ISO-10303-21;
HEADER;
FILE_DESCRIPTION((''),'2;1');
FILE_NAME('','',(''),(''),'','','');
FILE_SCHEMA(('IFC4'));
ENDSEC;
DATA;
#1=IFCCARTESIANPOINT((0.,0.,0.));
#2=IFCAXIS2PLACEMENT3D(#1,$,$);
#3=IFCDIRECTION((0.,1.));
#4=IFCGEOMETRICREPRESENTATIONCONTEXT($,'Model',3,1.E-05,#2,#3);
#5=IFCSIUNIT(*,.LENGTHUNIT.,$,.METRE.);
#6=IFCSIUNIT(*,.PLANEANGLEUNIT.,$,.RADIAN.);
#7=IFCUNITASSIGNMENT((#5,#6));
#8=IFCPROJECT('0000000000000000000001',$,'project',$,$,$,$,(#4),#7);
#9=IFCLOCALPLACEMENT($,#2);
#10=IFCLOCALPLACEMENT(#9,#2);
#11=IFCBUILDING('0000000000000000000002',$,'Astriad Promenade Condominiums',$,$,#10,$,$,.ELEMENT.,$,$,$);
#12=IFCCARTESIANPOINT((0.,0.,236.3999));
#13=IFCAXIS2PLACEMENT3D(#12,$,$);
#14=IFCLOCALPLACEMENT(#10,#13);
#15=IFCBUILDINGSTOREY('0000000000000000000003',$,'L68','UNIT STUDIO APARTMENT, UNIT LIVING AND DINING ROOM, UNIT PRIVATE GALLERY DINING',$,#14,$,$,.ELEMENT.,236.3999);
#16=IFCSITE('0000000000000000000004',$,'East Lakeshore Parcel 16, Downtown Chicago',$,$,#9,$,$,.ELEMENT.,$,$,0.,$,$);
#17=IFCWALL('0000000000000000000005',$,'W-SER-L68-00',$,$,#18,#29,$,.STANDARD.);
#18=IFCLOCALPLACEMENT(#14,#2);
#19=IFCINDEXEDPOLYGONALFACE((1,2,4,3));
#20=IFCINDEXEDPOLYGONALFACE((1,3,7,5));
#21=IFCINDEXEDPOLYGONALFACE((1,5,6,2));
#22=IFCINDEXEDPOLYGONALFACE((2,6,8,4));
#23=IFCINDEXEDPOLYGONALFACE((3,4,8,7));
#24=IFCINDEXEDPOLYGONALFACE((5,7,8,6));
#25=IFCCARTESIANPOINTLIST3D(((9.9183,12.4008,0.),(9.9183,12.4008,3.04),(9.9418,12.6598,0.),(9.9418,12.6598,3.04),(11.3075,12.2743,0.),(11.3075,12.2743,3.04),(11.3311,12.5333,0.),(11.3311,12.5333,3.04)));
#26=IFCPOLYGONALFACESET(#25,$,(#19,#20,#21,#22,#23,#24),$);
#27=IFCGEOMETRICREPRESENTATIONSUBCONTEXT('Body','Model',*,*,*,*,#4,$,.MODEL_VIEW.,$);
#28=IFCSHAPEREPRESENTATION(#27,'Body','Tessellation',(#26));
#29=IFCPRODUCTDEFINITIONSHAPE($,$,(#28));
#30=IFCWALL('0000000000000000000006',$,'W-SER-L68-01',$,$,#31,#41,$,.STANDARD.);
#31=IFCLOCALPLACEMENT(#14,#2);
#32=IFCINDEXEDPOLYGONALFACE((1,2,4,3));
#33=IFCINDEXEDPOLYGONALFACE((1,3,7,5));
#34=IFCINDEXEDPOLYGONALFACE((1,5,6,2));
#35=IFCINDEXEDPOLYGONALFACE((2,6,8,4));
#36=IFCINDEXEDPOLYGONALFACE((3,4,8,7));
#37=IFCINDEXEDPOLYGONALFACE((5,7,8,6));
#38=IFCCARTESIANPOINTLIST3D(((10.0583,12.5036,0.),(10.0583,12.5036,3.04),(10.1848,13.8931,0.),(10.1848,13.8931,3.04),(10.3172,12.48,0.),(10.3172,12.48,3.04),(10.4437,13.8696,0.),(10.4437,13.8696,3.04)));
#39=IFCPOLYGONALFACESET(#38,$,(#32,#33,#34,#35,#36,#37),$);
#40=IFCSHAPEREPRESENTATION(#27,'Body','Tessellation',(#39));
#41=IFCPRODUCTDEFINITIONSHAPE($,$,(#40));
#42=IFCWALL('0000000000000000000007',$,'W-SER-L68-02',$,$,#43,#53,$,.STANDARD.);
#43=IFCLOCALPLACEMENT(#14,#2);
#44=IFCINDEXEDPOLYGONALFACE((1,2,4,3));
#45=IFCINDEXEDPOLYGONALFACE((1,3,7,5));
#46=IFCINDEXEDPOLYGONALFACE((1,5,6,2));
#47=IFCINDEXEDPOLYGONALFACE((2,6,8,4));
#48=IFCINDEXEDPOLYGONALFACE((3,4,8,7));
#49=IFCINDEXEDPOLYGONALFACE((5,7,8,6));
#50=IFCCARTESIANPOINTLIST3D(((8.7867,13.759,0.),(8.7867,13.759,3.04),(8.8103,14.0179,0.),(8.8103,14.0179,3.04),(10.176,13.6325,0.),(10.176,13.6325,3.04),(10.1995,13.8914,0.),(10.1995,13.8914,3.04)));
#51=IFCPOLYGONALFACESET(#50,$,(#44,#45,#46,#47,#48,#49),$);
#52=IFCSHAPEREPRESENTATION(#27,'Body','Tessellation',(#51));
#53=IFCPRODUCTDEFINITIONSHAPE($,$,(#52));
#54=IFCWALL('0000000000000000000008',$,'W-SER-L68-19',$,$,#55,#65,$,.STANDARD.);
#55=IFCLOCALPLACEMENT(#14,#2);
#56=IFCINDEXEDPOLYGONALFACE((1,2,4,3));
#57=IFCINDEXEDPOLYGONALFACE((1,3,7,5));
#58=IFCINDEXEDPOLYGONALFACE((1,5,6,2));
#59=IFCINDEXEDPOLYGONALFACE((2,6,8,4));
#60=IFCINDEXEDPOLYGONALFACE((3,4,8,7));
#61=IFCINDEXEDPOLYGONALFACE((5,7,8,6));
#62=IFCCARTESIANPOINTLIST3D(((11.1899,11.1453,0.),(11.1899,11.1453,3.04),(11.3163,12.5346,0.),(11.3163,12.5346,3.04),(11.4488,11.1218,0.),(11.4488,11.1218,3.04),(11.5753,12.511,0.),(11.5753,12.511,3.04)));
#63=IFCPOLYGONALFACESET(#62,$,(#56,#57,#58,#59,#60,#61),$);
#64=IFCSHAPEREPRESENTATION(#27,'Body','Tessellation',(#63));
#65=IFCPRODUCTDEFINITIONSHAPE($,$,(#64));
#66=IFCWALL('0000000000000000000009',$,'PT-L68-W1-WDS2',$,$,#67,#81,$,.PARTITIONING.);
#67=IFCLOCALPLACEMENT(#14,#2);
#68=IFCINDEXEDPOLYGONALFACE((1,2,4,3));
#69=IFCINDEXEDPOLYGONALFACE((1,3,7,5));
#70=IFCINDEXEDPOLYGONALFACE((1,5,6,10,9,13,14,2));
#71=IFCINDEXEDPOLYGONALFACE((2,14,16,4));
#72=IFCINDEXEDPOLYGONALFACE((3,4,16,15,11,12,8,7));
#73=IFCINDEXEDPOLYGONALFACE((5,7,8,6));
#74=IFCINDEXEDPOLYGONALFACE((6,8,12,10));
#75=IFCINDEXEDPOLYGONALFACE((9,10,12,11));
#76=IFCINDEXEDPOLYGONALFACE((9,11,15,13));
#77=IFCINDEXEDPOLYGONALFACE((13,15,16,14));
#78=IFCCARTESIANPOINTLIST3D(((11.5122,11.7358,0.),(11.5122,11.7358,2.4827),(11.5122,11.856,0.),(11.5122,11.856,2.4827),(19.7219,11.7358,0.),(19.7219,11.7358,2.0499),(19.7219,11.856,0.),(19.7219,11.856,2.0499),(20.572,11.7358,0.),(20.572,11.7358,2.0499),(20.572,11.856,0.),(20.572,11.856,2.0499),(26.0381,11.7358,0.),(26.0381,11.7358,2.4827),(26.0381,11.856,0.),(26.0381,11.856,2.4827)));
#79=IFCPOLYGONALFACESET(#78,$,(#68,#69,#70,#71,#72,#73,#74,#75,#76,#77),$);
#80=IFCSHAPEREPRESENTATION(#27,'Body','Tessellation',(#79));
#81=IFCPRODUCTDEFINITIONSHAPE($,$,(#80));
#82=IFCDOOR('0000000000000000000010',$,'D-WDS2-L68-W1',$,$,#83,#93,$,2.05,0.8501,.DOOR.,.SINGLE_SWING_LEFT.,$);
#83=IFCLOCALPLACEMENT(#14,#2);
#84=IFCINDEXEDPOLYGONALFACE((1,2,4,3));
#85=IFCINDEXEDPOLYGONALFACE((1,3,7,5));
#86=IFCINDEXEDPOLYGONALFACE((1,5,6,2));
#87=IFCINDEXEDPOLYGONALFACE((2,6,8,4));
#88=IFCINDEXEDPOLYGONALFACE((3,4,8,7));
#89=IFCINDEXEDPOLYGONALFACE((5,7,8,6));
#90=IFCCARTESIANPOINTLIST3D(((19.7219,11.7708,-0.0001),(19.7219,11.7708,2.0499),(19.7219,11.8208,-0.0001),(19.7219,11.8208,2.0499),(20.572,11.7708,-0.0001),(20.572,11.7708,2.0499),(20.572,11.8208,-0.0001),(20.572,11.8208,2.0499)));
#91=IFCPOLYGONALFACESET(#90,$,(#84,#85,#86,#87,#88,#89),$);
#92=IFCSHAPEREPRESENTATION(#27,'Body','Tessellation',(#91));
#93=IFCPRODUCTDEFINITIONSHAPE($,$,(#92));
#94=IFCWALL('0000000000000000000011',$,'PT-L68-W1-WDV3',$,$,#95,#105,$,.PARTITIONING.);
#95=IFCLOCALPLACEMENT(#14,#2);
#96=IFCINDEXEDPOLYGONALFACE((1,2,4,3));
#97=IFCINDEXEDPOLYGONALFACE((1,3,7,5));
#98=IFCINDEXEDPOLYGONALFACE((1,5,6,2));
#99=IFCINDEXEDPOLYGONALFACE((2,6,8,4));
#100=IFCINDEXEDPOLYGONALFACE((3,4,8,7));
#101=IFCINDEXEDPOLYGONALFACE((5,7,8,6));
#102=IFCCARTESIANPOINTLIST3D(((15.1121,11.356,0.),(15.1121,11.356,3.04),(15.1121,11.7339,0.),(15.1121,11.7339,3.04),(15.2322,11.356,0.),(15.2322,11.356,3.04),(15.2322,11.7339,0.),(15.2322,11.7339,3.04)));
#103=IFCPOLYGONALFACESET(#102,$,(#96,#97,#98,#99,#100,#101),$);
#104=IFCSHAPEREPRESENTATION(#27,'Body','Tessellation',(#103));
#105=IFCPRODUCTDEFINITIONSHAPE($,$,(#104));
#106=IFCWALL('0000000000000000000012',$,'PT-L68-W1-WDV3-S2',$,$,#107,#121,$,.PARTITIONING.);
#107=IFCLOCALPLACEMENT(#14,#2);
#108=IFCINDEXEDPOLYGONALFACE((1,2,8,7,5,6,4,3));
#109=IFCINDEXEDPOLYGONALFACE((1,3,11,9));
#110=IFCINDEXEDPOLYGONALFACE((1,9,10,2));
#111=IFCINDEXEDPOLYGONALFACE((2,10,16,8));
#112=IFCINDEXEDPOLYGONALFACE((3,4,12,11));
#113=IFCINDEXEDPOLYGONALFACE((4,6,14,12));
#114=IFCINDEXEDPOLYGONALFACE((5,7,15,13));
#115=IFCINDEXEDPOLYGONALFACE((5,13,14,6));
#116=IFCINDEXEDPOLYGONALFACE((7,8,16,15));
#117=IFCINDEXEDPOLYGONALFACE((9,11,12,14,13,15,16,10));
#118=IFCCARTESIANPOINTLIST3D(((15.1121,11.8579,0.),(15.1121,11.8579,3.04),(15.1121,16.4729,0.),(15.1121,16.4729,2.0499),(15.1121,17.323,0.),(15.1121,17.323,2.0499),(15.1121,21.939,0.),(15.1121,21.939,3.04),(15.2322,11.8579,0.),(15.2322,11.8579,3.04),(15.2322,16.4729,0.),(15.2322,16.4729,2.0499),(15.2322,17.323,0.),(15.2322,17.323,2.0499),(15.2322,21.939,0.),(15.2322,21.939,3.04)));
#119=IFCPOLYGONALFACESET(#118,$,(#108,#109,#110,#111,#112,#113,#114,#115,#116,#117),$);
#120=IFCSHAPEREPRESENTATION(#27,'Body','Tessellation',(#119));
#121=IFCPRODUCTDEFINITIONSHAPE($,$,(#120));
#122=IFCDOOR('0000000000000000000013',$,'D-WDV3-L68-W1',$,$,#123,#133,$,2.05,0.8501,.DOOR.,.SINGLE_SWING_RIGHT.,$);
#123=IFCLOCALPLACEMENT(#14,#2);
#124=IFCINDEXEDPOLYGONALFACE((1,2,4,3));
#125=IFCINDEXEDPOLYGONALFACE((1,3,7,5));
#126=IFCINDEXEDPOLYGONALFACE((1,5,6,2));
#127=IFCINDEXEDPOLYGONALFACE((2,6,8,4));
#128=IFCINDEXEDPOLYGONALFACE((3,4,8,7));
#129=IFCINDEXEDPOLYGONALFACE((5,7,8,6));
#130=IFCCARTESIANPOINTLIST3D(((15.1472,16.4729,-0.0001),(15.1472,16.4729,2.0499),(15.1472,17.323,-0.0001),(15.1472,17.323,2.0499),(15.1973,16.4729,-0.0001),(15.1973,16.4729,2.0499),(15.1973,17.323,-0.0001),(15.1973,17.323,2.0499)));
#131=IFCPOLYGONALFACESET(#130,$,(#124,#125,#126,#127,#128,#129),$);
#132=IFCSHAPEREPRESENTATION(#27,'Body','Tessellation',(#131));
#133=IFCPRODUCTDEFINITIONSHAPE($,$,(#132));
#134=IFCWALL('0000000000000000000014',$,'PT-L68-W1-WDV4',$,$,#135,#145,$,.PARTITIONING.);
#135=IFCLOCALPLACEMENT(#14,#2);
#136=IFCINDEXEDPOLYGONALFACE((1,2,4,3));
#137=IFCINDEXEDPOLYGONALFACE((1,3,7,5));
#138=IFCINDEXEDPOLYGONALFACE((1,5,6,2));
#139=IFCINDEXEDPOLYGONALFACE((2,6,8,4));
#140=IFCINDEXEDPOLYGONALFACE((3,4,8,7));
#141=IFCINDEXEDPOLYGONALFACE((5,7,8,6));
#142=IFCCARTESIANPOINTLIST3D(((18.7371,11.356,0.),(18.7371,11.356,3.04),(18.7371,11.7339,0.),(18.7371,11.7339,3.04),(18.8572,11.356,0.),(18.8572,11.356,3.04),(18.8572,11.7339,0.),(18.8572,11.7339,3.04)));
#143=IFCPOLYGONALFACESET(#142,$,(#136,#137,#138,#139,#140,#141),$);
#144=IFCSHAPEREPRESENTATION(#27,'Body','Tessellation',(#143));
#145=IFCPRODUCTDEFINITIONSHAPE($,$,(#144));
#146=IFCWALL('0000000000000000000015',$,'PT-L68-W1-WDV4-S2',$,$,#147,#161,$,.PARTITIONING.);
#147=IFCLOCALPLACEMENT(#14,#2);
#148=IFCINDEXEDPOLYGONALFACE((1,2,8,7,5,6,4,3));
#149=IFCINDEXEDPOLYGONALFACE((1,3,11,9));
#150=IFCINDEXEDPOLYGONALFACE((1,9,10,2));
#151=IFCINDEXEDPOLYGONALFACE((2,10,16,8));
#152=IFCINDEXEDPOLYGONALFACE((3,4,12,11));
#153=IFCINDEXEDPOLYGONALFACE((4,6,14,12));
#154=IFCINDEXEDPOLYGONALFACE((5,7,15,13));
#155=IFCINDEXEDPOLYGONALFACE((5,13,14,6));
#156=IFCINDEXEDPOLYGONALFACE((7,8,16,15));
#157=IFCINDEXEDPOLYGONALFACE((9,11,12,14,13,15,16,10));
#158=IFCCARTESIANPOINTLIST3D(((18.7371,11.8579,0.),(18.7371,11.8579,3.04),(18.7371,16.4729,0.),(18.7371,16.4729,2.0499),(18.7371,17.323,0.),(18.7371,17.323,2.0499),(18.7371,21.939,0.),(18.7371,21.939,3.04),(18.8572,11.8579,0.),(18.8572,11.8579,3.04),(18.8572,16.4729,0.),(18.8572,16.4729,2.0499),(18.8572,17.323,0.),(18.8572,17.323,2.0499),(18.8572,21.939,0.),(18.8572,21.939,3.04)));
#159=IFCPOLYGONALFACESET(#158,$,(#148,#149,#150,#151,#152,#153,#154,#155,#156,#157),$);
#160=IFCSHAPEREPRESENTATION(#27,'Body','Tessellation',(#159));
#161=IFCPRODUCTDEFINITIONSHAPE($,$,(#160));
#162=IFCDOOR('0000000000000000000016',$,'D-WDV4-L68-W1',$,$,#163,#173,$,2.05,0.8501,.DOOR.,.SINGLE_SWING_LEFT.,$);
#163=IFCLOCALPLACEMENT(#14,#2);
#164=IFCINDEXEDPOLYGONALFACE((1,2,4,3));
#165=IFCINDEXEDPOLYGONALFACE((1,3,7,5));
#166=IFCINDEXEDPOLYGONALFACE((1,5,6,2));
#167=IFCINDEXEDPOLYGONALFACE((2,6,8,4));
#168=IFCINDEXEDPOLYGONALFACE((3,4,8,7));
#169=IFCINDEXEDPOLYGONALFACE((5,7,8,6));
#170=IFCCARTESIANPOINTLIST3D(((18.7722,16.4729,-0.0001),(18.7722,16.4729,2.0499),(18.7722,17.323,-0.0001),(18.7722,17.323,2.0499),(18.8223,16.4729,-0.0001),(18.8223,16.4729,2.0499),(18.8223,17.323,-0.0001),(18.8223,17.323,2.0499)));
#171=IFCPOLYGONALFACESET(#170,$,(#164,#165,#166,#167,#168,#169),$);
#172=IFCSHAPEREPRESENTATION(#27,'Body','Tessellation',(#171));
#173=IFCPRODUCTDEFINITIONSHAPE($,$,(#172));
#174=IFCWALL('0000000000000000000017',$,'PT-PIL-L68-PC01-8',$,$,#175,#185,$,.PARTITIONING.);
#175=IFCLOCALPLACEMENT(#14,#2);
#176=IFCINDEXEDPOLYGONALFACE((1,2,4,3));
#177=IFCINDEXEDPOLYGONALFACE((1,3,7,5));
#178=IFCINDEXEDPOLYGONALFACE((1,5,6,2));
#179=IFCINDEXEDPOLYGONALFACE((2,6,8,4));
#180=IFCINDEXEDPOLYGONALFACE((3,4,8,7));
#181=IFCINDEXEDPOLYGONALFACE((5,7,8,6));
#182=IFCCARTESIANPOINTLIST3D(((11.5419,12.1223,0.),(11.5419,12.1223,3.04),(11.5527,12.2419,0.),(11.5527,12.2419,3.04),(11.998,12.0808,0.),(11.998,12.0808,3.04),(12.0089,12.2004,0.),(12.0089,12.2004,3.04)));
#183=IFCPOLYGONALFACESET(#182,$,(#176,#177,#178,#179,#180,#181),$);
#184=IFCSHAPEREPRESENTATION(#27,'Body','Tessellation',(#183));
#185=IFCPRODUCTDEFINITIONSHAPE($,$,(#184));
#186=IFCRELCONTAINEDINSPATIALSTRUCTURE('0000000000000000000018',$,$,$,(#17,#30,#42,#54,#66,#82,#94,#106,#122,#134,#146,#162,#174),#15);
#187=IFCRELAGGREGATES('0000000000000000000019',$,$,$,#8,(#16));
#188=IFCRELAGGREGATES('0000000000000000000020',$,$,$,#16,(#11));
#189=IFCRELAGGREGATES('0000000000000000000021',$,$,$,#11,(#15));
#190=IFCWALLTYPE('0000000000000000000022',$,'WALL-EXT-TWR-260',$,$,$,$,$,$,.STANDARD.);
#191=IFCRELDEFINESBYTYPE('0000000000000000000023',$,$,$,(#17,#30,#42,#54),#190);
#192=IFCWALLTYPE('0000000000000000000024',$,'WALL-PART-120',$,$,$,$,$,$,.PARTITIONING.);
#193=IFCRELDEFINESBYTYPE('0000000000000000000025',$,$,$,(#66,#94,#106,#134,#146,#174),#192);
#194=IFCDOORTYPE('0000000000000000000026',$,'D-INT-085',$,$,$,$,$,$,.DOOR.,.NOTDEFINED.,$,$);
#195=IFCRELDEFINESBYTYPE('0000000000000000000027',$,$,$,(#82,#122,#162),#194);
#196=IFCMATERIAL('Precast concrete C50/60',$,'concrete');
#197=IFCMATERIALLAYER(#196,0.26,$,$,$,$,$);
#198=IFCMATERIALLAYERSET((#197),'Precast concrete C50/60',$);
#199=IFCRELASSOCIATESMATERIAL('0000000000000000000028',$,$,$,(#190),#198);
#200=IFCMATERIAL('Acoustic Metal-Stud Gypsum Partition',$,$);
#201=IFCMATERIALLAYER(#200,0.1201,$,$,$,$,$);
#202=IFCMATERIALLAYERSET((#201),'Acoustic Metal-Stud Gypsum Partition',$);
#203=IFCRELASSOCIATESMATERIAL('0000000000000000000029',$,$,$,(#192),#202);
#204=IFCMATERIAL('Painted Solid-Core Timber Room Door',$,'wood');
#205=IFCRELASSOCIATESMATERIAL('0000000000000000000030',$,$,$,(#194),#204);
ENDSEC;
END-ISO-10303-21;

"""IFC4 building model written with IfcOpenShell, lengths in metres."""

from ifc_helpers import new_model, si_unit, direction, frame, frame_2d, origin, place, context, subcontext, project, spatial, rectangle, extrude, source, transform, mapped, material, layer, layer_set, type_object, type_shapes, element, fill, save


model = new_model("IFC4")

# Units and contexts
model_context = context("Model", 3, precision=1e-05, world=origin(), true_north=direction((0.0, 1.0)))
body_context = subcontext(model_context, "Body", "Model", "MODEL_VIEW")
ifc_project = project(units=[si_unit("LENGTHUNIT", "METRE"), si_unit("PLANEANGLEUNIT", "RADIAN")], contexts=[model_context])

# Site, building, storey
site_placement = place(None, origin())
site = spatial("IfcSite", under=ifc_project, at=site_placement, Name="East Lakeshore Parcel 16, Downtown Chicago", CompositionType="ELEMENT", RefElevation=0.0)
building_placement = place(site_placement, origin())
building = spatial("IfcBuilding", under=site, at=building_placement, Name="Astriad Promenade Condominiums", CompositionType="ELEMENT")
storey_placement = place(building_placement, frame((0.0, 0.0, 236.3999)))
storey = spatial("IfcBuildingStorey", under=building, at=storey_placement, Name="L68", Description="UNIT STUDIO APARTMENT, UNIT LIVING AND DINING ROOM, UNIT PRIVATE GALLERY DINING", CompositionType="ELEMENT", Elevation=236.3999)

# Shared definitions
ifc_material_1 = material(Name="Precast concrete C50/60", Category="concrete")

# Walls
ifc_layer_1 = layer(ifc_material_1, 0.26)
ifc_layer_set_1 = layer_set([ifc_layer_1], Name="Precast concrete C50/60")
wall_type_1 = type_object("IfcWallType", Name="WALL-EXT-TWR-260", PredefinedType="STANDARD", material=ifc_layer_set_1)
wall_1_placement = place(storey_placement, frame((11.3193, 12.4038, 0.0), z_axis=(0.0, 0.0, 1.0), x_axis=(-0.995882, 0.090662, 0.0)))
element("IfcWall", 1, at=wall_1_placement, inside=storey, type_object=wall_type_1, Name="W-SER-L68-00", PredefinedType="STANDARD", context=body_context, shape_type="SweptSolid", body=[
    extrude(rectangle(XDim=1.395, YDim=0.26, at=frame_2d((0.6975, 0.0))), origin(), (0.0, 0.0, 1.0), 3.04),
])
wall_2_placement = place(storey_placement, frame((10.1877, 12.4917, 0.0), z_axis=(0.0, 0.0, 1.0), x_axis=(0.090646, 0.995883, 0.0)))
element("IfcWall", 2, at=wall_2_placement, inside=storey, type_object=wall_type_1, Name="W-SER-L68-01", PredefinedType="STANDARD", context=body_context, shape_type="SweptSolid", body=[
    extrude(rectangle(XDim=1.3953, YDim=0.26, at=frame_2d((0.6978, 0.0))), origin(), (0.0, 0.0, 1.0), 3.04),
])
for number, where, z_axis, x_axis, name in (
    (3, (10.1877, 13.762, 0.0), (0.0, 0.0, 1.0), (-0.995882, 0.090662, 0.0), "W-SER-L68-02"),
    (4, (11.3193, 11.1335, 0.0), (0.0, 0.0, 1.0), (0.090662, 0.995882, 0.0), "W-SER-L68-19"),
):
    element("IfcWall", number, at=place(storey_placement, frame(where, z_axis=z_axis, x_axis=x_axis)), inside=storey, type_object=wall_type_1, Name=name, PredefinedType="STANDARD", context=body_context, shape_type="SweptSolid", body=[
        extrude(rectangle(XDim=1.395, YDim=0.26, at=frame_2d((0.6975, 0.0))), origin(), (0.0, 0.0, 1.0), 3.04),
    ])

# Wall, opening, door
ifc_material_2 = material(Name="Acoustic Metal-Stud Gypsum Partition")
ifc_layer_2 = layer(ifc_material_2, 0.1201)
ifc_layer_set_2 = layer_set([ifc_layer_2], Name="Acoustic Metal-Stud Gypsum Partition")
wall_type_2 = type_object("IfcWallType", Name="WALL-PART-120", PredefinedType="PARTITIONING", material=ifc_layer_set_2)
wall_3_placement = place(storey_placement, frame((11.5122, 11.7959, 0.0), z_axis=(0.0, 0.0, 1.0), x_axis=(1.0, 0.0, 0.0)))
wall_3 = element("IfcWall", 5, at=wall_3_placement, inside=storey, type_object=wall_type_2, Name="PT-L68-W1-WDS2", PredefinedType="PARTITIONING", context=body_context, shape_type="SweptSolid", body=[
    extrude(rectangle(XDim=14.5259, YDim=0.1201, at=frame_2d((7.2629, 0.0))), origin(), (0.0, 0.0, 1.0), 2.4827),
])
opening_1_placement = place(wall_3_placement, frame((8.2097, 0.0, 0.0)))
opening_1 = element("IfcOpeningElement", 6, at=opening_1_placement, cuts=wall_3, PredefinedType="OPENING", context=body_context, shape_type="SweptSolid", body=[
    extrude(rectangle(XDim=0.8501, YDim=2.05, at=frame_2d((0.425, 1.0249))), frame((0.0, 0.0701, 0.0), z_axis=(0.0, -1.0, 0.0), x_axis=(1.0, 0.0, 0.0)), (0.0, 0.0, 1.0), 0.1401),
])
ifc_material_3 = material(Name="Painted Solid-Core Timber Room Door", Category="wood")
door_type = type_object("IfcDoorType", Name="D-INT-085", OperationType="NOTDEFINED", PredefinedType="DOOR", material=ifc_material_3)
shared_shape_1 = source(origin(), body_context, "Body", "SweptSolid", [
    extrude(rectangle(XDim=0.8501, YDim=2.05, at=frame_2d((0.425, 1.0249))), frame((0.0, 0.0249, 0.0), z_axis=(0.0, -1.0, 0.0), x_axis=(1.0, 0.0, 0.0)), (0.0, 0.0, 1.0), 0.05),
])
type_shapes(door_type, [shared_shape_1])
door_1_placement = place(opening_1_placement, origin())
door_1 = element("IfcDoor", 7, at=door_1_placement, inside=storey, type_object=door_type, Name="D-WDS2-L68-W1", OperationType="SINGLE_SWING_LEFT", OverallHeight=2.05, OverallWidth=0.8501, PredefinedType="DOOR", context=body_context, shape_type="MappedRepresentation", body=[
    mapped(shared_shape_1, transform((0.0, 0.0, 0.0), scale=1.0)),
])
fill(opening_1, door_1)

# Wall
wall_4_placement = place(storey_placement, frame((15.1721, 11.356, 0.0), z_axis=(0.0, 0.0, 1.0), x_axis=(0.0, 1.0, 0.0)))
element("IfcWall", 8, at=wall_4_placement, inside=storey, type_object=wall_type_2, Name="PT-L68-W1-WDV3", PredefinedType="PARTITIONING", context=body_context, shape_type="SweptSolid", body=[
    extrude(rectangle(XDim=0.3779, YDim=0.1201, at=frame_2d((0.189, 0.0))), origin(), (0.0, 0.0, 1.0), 3.04),
])

# Wall, opening, door
wall_5_placement = place(storey_placement, frame((15.1721, 11.8579, 0.0), z_axis=(0.0, 0.0, 1.0), x_axis=(0.0, 1.0, 0.0)))
wall_5 = element("IfcWall", 9, at=wall_5_placement, inside=storey, type_object=wall_type_2, Name="PT-L68-W1-WDV3-S2", PredefinedType="PARTITIONING", context=body_context, shape_type="SweptSolid", body=[
    extrude(rectangle(XDim=10.0811, YDim=0.1201, at=frame_2d((5.0405, 0.0))), origin(), (0.0, 0.0, 1.0), 3.04),
])
opening_2_placement = place(wall_5_placement, frame((4.615, 0.0, 0.0)))
opening_2 = element("IfcOpeningElement", 10, at=opening_2_placement, cuts=wall_5, PredefinedType="OPENING", context=body_context, shape_type="SweptSolid", body=[
    extrude(rectangle(XDim=0.8501, YDim=2.05, at=frame_2d((0.425, 1.0249))), frame((0.0, 0.0701, 0.0), z_axis=(0.0, -1.0, 0.0), x_axis=(1.0, 0.0, 0.0)), (0.0, 0.0, 1.0), 0.1401),
])
door_2_placement = place(opening_2_placement, origin())
door_2 = element("IfcDoor", 11, at=door_2_placement, inside=storey, type_object=door_type, Name="D-WDV3-L68-W1", OperationType="SINGLE_SWING_RIGHT", OverallHeight=2.05, OverallWidth=0.8501, PredefinedType="DOOR", context=body_context, shape_type="MappedRepresentation", body=[
    mapped(shared_shape_1, transform((0.0, 0.0, 0.0), scale=1.0)),
])
fill(opening_2, door_2)

# Wall
wall_6_placement = place(storey_placement, frame((18.7971, 11.356, 0.0), z_axis=(0.0, 0.0, 1.0), x_axis=(0.0, 1.0, 0.0)))
element("IfcWall", 12, at=wall_6_placement, inside=storey, type_object=wall_type_2, Name="PT-L68-W1-WDV4", PredefinedType="PARTITIONING", context=body_context, shape_type="SweptSolid", body=[
    extrude(rectangle(XDim=0.3779, YDim=0.1201, at=frame_2d((0.189, 0.0))), origin(), (0.0, 0.0, 1.0), 3.04),
])

# Wall, opening, door
wall_7_placement = place(storey_placement, frame((18.7971, 11.8579, 0.0), z_axis=(0.0, 0.0, 1.0), x_axis=(0.0, 1.0, 0.0)))
wall_7 = element("IfcWall", 13, at=wall_7_placement, inside=storey, type_object=wall_type_2, Name="PT-L68-W1-WDV4-S2", PredefinedType="PARTITIONING", context=body_context, shape_type="SweptSolid", body=[
    extrude(rectangle(XDim=10.0811, YDim=0.1201, at=frame_2d((5.0405, 0.0))), origin(), (0.0, 0.0, 1.0), 3.04),
])
opening_3_placement = place(wall_7_placement, frame((4.615, 0.0, 0.0)))
opening_3 = element("IfcOpeningElement", 14, at=opening_3_placement, cuts=wall_7, PredefinedType="OPENING", context=body_context, shape_type="SweptSolid", body=[
    extrude(rectangle(XDim=0.8501, YDim=2.05, at=frame_2d((0.425, 1.0249))), frame((0.0, 0.0701, 0.0), z_axis=(0.0, -1.0, 0.0), x_axis=(1.0, 0.0, 0.0)), (0.0, 0.0, 1.0), 0.1401),
])
door_3_placement = place(opening_3_placement, origin())
door_3 = element("IfcDoor", 15, at=door_3_placement, inside=storey, type_object=door_type, Name="D-WDV4-L68-W1", OperationType="SINGLE_SWING_LEFT", OverallHeight=2.05, OverallWidth=0.8501, PredefinedType="DOOR", context=body_context, shape_type="MappedRepresentation", body=[
    mapped(shared_shape_1, transform((0.0, 0.0, 0.0), scale=1.0)),
])
fill(opening_3, door_3)

# Wall
wall_8_placement = place(storey_placement, frame((12.0034, 12.1406, 0.0), z_axis=(0.0, 0.0, 1.0), x_axis=(-0.995884, 0.090632, 0.0)))
element("IfcWall", 16, at=wall_8_placement, inside=storey, type_object=wall_type_2, Name="PT-PIL-L68-PC01-8", PredefinedType="PARTITIONING", context=body_context, shape_type="SweptSolid", body=[
    extrude(rectangle(XDim=0.458, YDim=0.1201, at=frame_2d((0.229, 0.0))), origin(), (0.0, 0.0, 1.0), 3.04),
])

save(model, "model.ifc")
